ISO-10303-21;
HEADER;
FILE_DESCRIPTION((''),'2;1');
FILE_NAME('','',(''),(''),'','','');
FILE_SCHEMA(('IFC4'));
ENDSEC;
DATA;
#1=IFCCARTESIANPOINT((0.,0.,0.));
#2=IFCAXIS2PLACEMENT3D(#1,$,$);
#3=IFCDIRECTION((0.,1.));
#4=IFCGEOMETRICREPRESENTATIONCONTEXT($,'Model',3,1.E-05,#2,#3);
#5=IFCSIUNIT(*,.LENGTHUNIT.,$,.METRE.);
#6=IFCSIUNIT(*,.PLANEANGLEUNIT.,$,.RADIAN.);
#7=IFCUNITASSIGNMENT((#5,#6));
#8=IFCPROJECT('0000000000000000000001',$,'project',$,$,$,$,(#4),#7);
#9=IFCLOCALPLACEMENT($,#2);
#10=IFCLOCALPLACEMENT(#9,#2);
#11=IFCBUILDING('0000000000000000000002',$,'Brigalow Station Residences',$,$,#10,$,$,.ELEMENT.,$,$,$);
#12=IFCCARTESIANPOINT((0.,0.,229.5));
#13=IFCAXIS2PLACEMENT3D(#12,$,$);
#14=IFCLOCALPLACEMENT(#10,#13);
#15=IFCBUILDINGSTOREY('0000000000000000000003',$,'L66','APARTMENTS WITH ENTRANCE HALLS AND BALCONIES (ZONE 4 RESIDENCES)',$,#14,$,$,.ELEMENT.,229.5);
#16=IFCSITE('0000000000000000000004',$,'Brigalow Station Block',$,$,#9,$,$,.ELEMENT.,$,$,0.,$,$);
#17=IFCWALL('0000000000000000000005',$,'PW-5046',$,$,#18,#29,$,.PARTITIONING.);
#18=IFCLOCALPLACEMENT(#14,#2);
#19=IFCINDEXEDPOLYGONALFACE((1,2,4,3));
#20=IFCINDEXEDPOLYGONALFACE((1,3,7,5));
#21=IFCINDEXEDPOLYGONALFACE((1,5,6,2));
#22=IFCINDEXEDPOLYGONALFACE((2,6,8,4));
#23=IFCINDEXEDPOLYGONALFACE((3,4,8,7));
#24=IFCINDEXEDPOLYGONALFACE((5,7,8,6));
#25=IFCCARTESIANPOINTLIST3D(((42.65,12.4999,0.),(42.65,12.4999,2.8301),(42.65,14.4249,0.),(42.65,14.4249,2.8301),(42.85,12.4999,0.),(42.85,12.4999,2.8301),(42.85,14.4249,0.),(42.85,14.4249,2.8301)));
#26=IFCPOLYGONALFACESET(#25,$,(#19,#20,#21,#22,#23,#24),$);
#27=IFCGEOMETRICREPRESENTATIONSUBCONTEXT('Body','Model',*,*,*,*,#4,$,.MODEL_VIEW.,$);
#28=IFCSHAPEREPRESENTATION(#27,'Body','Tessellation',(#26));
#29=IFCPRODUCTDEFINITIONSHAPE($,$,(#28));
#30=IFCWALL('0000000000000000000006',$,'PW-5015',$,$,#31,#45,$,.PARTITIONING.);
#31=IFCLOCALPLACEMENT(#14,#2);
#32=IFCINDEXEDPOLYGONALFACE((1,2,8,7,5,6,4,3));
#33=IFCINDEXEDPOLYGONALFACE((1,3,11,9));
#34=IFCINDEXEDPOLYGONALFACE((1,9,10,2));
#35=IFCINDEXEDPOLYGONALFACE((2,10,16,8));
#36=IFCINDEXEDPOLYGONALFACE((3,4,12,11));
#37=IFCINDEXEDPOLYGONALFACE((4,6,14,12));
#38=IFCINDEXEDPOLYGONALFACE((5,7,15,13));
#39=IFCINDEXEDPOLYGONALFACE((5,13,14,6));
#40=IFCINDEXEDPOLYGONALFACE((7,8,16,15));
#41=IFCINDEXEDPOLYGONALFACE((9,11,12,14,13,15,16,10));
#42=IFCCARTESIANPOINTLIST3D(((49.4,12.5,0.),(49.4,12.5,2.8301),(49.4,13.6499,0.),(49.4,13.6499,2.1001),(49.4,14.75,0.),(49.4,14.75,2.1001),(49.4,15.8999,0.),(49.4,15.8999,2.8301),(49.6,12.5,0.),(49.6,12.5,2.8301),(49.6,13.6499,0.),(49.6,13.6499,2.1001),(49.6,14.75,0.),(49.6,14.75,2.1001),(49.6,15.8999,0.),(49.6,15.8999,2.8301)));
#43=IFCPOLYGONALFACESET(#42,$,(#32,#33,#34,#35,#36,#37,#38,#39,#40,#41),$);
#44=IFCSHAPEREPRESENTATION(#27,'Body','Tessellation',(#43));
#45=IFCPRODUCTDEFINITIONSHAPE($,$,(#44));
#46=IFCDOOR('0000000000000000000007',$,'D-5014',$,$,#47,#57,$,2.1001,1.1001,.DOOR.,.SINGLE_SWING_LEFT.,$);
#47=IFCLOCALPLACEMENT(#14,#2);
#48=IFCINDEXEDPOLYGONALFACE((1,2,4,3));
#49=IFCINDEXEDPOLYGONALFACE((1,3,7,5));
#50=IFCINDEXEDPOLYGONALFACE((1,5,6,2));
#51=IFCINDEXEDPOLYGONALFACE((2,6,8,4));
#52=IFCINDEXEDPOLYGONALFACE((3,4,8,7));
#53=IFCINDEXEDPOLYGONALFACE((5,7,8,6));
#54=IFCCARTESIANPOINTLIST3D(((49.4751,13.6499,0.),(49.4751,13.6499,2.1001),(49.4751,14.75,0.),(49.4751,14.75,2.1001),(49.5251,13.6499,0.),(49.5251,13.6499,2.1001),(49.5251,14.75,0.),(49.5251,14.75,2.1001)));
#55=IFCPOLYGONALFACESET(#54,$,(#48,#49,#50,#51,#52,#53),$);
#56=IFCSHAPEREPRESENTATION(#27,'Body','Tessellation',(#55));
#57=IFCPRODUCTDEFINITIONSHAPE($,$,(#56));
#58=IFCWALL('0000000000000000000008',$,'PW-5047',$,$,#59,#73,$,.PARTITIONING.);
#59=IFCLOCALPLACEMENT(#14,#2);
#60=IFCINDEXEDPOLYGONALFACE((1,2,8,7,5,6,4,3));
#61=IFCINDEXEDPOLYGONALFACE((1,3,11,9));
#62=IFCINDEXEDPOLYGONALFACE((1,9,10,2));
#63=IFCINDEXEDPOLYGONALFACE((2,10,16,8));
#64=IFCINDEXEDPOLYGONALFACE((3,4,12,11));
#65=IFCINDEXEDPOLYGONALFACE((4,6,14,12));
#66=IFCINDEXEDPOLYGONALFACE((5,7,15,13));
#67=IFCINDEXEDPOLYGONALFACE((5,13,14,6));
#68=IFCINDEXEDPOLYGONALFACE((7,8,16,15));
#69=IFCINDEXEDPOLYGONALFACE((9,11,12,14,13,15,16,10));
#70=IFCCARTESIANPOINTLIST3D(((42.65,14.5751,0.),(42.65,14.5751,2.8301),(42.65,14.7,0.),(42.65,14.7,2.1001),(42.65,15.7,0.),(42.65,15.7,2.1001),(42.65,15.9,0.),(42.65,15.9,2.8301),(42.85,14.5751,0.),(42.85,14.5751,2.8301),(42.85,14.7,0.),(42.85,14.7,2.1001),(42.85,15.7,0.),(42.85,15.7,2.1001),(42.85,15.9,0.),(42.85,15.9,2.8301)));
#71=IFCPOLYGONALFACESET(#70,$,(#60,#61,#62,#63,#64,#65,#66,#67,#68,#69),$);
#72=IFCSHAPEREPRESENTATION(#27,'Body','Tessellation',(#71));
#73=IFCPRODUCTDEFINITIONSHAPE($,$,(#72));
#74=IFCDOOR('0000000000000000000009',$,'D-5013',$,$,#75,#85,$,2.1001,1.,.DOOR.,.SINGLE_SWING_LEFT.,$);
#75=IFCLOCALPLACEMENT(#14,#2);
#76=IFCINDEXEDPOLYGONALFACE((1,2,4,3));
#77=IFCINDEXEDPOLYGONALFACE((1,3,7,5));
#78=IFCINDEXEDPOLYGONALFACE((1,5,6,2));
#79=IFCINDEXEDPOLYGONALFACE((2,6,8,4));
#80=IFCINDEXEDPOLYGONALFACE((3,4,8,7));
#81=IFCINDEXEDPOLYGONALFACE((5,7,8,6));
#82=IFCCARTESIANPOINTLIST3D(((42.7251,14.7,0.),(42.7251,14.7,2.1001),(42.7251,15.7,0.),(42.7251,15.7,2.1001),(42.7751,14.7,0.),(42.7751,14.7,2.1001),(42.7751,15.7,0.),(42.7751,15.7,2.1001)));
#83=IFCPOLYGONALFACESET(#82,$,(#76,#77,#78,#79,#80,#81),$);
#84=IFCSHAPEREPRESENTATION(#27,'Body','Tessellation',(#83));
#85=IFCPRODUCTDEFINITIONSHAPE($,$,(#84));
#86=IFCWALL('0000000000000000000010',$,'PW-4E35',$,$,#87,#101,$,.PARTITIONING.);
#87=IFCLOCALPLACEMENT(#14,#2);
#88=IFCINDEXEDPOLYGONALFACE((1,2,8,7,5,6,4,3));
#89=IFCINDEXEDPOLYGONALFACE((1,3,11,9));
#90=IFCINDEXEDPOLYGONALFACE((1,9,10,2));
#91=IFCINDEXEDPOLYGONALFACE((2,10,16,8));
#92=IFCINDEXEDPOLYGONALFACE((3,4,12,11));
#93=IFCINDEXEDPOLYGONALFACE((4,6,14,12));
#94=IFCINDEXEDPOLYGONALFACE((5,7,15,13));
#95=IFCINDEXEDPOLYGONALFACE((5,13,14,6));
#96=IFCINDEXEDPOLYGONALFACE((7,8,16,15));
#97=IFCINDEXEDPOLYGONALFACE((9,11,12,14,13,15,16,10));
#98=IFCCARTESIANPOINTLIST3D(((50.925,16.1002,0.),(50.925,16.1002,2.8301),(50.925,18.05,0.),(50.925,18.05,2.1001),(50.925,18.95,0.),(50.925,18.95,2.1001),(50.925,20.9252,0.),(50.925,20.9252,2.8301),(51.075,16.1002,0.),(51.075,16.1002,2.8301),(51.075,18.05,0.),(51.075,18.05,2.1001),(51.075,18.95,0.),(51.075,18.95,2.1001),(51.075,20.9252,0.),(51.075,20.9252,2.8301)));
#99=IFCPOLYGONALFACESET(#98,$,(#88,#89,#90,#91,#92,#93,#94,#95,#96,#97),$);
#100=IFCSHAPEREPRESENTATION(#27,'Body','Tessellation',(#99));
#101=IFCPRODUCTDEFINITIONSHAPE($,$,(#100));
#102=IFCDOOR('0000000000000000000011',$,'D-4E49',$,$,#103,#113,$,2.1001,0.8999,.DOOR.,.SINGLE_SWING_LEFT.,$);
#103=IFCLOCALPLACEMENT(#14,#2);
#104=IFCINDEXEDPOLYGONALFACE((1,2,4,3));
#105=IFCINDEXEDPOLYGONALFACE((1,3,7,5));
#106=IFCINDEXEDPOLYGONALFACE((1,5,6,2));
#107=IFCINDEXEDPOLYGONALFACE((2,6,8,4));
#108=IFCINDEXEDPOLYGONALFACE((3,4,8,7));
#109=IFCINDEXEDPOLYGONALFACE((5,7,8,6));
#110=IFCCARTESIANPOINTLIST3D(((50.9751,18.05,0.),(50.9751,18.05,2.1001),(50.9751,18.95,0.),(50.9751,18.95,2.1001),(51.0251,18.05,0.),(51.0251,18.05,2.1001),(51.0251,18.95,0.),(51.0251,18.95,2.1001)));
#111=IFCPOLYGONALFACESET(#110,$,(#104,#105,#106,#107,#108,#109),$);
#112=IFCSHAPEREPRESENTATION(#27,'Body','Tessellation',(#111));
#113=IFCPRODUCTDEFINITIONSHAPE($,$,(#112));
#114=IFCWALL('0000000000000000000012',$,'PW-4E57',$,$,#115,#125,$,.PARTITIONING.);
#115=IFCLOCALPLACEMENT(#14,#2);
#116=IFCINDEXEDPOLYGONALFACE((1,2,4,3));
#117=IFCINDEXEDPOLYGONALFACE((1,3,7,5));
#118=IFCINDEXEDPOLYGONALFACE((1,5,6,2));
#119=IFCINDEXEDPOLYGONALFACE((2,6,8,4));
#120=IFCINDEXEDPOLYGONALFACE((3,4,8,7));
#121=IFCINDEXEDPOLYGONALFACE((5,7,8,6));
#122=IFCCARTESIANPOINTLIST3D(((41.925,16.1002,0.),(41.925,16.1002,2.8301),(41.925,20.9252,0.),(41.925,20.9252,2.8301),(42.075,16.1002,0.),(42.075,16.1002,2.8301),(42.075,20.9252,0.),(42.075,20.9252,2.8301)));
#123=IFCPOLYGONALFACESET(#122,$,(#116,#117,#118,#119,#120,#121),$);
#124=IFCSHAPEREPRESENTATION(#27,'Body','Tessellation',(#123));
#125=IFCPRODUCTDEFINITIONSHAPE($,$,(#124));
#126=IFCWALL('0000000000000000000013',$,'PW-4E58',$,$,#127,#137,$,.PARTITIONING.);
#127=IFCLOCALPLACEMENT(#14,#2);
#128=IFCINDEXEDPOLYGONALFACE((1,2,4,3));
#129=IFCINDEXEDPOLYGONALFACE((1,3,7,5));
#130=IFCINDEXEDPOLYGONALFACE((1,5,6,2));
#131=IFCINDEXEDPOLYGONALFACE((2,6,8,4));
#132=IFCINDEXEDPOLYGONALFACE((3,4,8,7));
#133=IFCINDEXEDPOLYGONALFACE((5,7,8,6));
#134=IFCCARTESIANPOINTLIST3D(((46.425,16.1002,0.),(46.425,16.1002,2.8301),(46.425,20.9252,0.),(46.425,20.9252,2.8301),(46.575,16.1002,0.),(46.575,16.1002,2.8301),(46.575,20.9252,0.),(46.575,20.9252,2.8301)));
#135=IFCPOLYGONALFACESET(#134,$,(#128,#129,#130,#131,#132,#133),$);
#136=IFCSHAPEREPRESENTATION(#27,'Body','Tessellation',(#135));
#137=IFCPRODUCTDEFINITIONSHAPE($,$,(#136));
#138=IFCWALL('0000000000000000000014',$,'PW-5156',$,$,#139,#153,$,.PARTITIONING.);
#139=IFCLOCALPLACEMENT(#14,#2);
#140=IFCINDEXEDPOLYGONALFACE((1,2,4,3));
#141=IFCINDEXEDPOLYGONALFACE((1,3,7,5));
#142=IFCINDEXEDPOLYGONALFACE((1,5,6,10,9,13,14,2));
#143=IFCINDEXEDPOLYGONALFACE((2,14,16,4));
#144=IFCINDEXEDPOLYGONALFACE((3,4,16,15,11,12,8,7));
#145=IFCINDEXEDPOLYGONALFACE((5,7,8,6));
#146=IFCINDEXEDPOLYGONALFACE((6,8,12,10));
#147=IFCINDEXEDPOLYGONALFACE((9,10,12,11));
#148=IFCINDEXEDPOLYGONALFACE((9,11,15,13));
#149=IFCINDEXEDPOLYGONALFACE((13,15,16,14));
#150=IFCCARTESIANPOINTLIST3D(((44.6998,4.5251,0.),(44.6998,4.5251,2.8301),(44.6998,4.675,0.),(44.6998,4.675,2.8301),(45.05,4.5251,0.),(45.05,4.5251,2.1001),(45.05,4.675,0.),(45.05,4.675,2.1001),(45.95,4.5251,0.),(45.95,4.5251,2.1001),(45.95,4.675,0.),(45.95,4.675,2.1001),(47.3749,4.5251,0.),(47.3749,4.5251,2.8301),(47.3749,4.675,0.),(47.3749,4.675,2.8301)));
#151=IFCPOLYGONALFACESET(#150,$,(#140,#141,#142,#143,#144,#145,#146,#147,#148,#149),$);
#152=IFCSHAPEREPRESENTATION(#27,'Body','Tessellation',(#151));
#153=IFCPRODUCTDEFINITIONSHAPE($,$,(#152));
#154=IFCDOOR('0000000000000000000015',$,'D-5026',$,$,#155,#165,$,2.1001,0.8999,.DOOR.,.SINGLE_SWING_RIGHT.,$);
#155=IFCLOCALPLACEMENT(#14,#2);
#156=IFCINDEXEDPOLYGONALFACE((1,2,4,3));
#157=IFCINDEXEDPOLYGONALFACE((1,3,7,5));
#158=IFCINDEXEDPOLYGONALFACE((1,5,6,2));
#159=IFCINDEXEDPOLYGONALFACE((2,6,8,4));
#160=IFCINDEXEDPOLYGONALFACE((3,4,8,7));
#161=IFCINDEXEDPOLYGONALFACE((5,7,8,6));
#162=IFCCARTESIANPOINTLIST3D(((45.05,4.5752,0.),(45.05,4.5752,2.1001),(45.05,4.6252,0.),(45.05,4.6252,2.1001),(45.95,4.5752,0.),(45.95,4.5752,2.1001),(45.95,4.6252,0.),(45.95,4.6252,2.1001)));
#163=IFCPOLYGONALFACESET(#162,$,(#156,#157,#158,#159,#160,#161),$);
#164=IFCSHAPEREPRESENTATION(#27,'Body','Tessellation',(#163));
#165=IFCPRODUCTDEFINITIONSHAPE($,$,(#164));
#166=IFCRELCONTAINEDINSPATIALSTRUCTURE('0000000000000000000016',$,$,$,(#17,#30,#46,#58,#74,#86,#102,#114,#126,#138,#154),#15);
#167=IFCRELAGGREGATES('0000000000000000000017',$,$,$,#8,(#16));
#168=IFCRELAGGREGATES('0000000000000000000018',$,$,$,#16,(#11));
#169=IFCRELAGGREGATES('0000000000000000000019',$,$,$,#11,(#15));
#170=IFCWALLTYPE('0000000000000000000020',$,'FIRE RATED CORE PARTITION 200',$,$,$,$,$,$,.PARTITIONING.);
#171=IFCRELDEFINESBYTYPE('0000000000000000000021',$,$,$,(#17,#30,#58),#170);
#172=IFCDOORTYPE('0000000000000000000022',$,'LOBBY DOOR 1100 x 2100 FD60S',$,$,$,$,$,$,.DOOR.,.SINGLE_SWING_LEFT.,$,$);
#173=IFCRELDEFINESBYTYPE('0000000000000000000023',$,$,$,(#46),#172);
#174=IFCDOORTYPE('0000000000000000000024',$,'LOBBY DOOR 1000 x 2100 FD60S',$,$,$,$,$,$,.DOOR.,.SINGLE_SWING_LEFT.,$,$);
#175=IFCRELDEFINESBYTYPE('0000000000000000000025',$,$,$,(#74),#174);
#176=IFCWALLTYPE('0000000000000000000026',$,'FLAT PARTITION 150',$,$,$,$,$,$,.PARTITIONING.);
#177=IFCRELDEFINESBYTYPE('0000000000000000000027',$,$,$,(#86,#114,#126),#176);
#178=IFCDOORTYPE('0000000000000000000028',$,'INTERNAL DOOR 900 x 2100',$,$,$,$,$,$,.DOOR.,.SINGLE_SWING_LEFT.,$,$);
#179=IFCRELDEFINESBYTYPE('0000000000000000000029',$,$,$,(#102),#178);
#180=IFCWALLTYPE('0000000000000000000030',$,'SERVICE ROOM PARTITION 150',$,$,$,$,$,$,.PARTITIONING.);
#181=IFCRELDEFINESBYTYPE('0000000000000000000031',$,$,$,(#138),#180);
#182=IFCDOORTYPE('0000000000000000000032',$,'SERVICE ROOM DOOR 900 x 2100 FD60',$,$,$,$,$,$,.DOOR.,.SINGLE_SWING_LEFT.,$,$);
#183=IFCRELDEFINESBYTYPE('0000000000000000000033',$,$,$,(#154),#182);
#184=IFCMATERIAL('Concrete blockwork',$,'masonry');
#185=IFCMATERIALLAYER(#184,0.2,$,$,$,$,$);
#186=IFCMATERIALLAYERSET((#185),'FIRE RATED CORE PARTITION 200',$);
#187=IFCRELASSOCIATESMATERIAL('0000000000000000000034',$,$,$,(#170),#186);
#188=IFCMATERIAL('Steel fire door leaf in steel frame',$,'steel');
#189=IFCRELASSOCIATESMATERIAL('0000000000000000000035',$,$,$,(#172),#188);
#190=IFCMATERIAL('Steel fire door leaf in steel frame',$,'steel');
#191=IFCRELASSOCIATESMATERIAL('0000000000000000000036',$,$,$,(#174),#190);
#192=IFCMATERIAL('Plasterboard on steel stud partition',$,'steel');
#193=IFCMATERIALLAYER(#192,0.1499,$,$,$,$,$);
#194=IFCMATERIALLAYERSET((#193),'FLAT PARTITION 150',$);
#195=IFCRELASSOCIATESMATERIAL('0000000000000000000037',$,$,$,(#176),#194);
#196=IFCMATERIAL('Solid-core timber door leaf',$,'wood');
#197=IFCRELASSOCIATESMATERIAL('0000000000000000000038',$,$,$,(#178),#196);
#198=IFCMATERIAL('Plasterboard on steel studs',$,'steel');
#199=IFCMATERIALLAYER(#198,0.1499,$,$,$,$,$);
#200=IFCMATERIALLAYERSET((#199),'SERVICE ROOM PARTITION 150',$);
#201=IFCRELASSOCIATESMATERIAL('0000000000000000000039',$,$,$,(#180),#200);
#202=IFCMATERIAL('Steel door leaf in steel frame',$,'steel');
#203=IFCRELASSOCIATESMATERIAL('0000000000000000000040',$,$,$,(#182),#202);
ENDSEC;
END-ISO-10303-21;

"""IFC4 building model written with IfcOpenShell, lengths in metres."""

from ifc_helpers import new_model, si_unit, direction, frame, frame_2d, origin, place, context, subcontext, project, spatial, rectangle, extrude, material, layer, layer_set, type_object, element, fill, save


model = new_model("IFC4")

# Units and contexts
model_context = context("Model", 3, precision=1e-05, world=origin(), true_north=direction((0.0, 1.0)))
body_context = subcontext(model_context, "Body", "Model", "MODEL_VIEW")
ifc_project = project(units=[si_unit("LENGTHUNIT", "METRE"), si_unit("PLANEANGLEUNIT", "RADIAN")], contexts=[model_context])

# Site, building, storey
site_placement = place(None, origin())
site = spatial("IfcSite", under=ifc_project, at=site_placement, Name="Brigalow Station Block", CompositionType="ELEMENT", RefElevation=0.0)
building_placement = place(site_placement, origin())
building = spatial("IfcBuilding", under=site, at=building_placement, Name="Brigalow Station Residences", CompositionType="ELEMENT")
storey_placement = place(building_placement, frame((0.0, 0.0, 229.5)))
storey = spatial("IfcBuildingStorey", under=building, at=storey_placement, Name="L66", Description="APARTMENTS WITH ENTRANCE HALLS AND BALCONIES (ZONE 4 RESIDENCES)", CompositionType="ELEMENT", Elevation=229.5)

# Shared definitions
ifc_material_1 = material(Name="Concrete blockwork", Category="masonry")
ifc_layer_1 = layer(ifc_material_1, 0.2)
ifc_layer_set_1 = layer_set([ifc_layer_1], Name="FIRE RATED CORE PARTITION 200")
wall_type_1 = type_object("IfcWallType", Name="FIRE RATED CORE PARTITION 200", PredefinedType="PARTITIONING", material=ifc_layer_set_1)

# Wall
wall_1_placement = place(storey_placement, frame((42.75, 12.5, 0.0), z_axis=(0.0, 0.0, 1.0), x_axis=(0.0, 1.0, 0.0)))
element("IfcWall", 1, at=wall_1_placement, inside=storey, type_object=wall_type_1, Name="PW-5046", PredefinedType="PARTITIONING", context=body_context, shape_type="SweptSolid", body=[
    extrude(rectangle(XDim=1.925, YDim=0.2, at=frame_2d((0.9624, 0.0))), origin(), (0.0, 0.0, 1.0), 2.8301),
])

# Walls, openings, doors
wall_2_placement = place(storey_placement, frame((49.5, 12.5, 0.0), z_axis=(0.0, 0.0, 1.0), x_axis=(0.0, 1.0, 0.0)))
wall_2 = element("IfcWall", 2, at=wall_2_placement, inside=storey, type_object=wall_type_1, Name="PW-5015", PredefinedType="PARTITIONING", context=body_context, shape_type="SweptSolid", body=[
    extrude(rectangle(XDim=3.3999, YDim=0.2, at=frame_2d((1.7, 0.0))), origin(), (0.0, 0.0, 1.0), 2.8301),
])
opening_1_placement = place(wall_2_placement, frame((1.1499, 0.0, 0.0)))
opening_1 = element("IfcOpeningElement", 3, at=opening_1_placement, cuts=wall_2, PredefinedType="OPENING", context=body_context, shape_type="SweptSolid", body=[
    extrude(rectangle(XDim=1.1001, YDim=2.1001, at=frame_2d((0.55, 1.05))), frame((0.0, 0.1099, 0.0), z_axis=(0.0, -1.0, 0.0), x_axis=(1.0, 0.0, 0.0)), (0.0, 0.0, 1.0), 0.22),
])
ifc_material_2 = material(Name="Steel fire door leaf in steel frame", Category="steel")
door_type_1 = type_object("IfcDoorType", Name="LOBBY DOOR 1100 x 2100 FD60S", OperationType="SINGLE_SWING_LEFT", PredefinedType="DOOR", material=ifc_material_2)
door_1_placement = place(opening_1_placement, origin())
door_1 = element("IfcDoor", 4, at=door_1_placement, inside=storey, type_object=door_type_1, Name="D-5014", OperationType="SINGLE_SWING_LEFT", OverallHeight=2.1001, OverallWidth=1.1001, PredefinedType="DOOR", context=body_context, shape_type="SweptSolid", body=[
    extrude(rectangle(XDim=1.1001, YDim=2.1001, at=frame_2d((0.55, 1.05))), frame((0.0, 0.0249, 0.0), z_axis=(0.0, -1.0, 0.0), x_axis=(1.0, 0.0, 0.0)), (0.0, 0.0, 1.0), 0.05),
])
fill(opening_1, door_1)
wall_3_placement = place(storey_placement, frame((42.75, 14.575, 0.0), z_axis=(0.0, 0.0, 1.0), x_axis=(0.0, 1.0, 0.0)))
wall_3 = element("IfcWall", 5, at=wall_3_placement, inside=storey, type_object=wall_type_1, Name="PW-5047", PredefinedType="PARTITIONING", context=body_context, shape_type="SweptSolid", body=[
    extrude(rectangle(XDim=1.325, YDim=0.2, at=frame_2d((0.6626, 0.0))), origin(), (0.0, 0.0, 1.0), 2.8301),
])
opening_2_placement = place(wall_3_placement, frame((0.125, 0.0, 0.0)))
opening_2 = element("IfcOpeningElement", 6, at=opening_2_placement, cuts=wall_3, PredefinedType="OPENING", context=body_context, shape_type="SweptSolid", body=[
    extrude(rectangle(XDim=1.0, YDim=2.1001, at=frame_2d((0.5, 1.05))), frame((0.0, 0.1099, 0.0), z_axis=(0.0, -1.0, 0.0), x_axis=(1.0, 0.0, 0.0)), (0.0, 0.0, 1.0), 0.22),
])
ifc_material_3 = material(Name="Steel fire door leaf in steel frame", Category="steel")
door_type_2 = type_object("IfcDoorType", Name="LOBBY DOOR 1000 x 2100 FD60S", OperationType="SINGLE_SWING_LEFT", PredefinedType="DOOR", material=ifc_material_3)
door_2_placement = place(opening_2_placement, origin())
door_2 = element("IfcDoor", 7, at=door_2_placement, inside=storey, type_object=door_type_2, Name="D-5013", OperationType="SINGLE_SWING_LEFT", OverallHeight=2.1001, OverallWidth=1.0, PredefinedType="DOOR", context=body_context, shape_type="SweptSolid", body=[
    extrude(rectangle(XDim=1.0, YDim=2.1001, at=frame_2d((0.5, 1.05))), frame((0.0, 0.0249, 0.0), z_axis=(0.0, -1.0, 0.0), x_axis=(1.0, 0.0, 0.0)), (0.0, 0.0, 1.0), 0.05),
])
fill(opening_2, door_2)
ifc_material_4 = material(Name="Plasterboard on steel stud partition", Category="steel")
ifc_layer_2 = layer(ifc_material_4, 0.1499)
ifc_layer_set_2 = layer_set([ifc_layer_2], Name="FLAT PARTITION 150")
wall_type_2 = type_object("IfcWallType", Name="FLAT PARTITION 150", PredefinedType="PARTITIONING", material=ifc_layer_set_2)
wall_4_placement = place(storey_placement, frame((51.0, 16.1001, 0.0), z_axis=(0.0, 0.0, 1.0), x_axis=(0.0, 1.0, 0.0)))
wall_4 = element("IfcWall", 8, at=wall_4_placement, inside=storey, type_object=wall_type_2, Name="PW-4E35", PredefinedType="PARTITIONING", context=body_context, shape_type="SweptSolid", body=[
    extrude(rectangle(XDim=4.825, YDim=0.1499, at=frame_2d((2.4126, 0.0))), origin(), (0.0, 0.0, 1.0), 2.8301),
])
opening_3_placement = place(wall_4_placement, frame((1.95, 0.0, 0.0)))
opening_3 = element("IfcOpeningElement", 9, at=opening_3_placement, cuts=wall_4, PredefinedType="OPENING", context=body_context, shape_type="SweptSolid", body=[
    extrude(rectangle(XDim=0.8999, YDim=2.1001, at=frame_2d((0.45, 1.05))), frame((0.0, 0.085, 0.0), z_axis=(0.0, -1.0, 0.0), x_axis=(1.0, 0.0, 0.0)), (0.0, 0.0, 1.0), 0.1699),
])
ifc_material_5 = material(Name="Solid-core timber door leaf", Category="wood")
door_type_3 = type_object("IfcDoorType", Name="INTERNAL DOOR 900 x 2100", OperationType="SINGLE_SWING_LEFT", PredefinedType="DOOR", material=ifc_material_5)
door_3_placement = place(opening_3_placement, origin())
door_3 = element("IfcDoor", 10, at=door_3_placement, inside=storey, type_object=door_type_3, Name="D-4E49", OperationType="SINGLE_SWING_LEFT", OverallHeight=2.1001, OverallWidth=0.8999, PredefinedType="DOOR", context=body_context, shape_type="SweptSolid", body=[
    extrude(rectangle(XDim=0.8999, YDim=2.1001, at=frame_2d((0.45, 1.05))), frame((0.0, 0.0249, 0.0), z_axis=(0.0, -1.0, 0.0), x_axis=(1.0, 0.0, 0.0)), (0.0, 0.0, 1.0), 0.05),
])
fill(opening_3, door_3)

# Walls
for number, where, z_axis, x_axis, name in (
    (11, (42.0, 16.1001, 0.0), (0.0, 0.0, 1.0), (0.0, 1.0, 0.0), "PW-4E57"),
    (12, (46.5, 16.1001, 0.0), (0.0, 0.0, 1.0), (0.0, 1.0, 0.0), "PW-4E58"),
):
    element("IfcWall", number, at=place(storey_placement, frame(where, z_axis=z_axis, x_axis=x_axis)), inside=storey, type_object=wall_type_2, Name=name, PredefinedType="PARTITIONING", context=body_context, shape_type="SweptSolid", body=[
        extrude(rectangle(XDim=4.825, YDim=0.1499, at=frame_2d((2.4126, 0.0))), origin(), (0.0, 0.0, 1.0), 2.8301),
    ])

# Wall, opening, door
ifc_material_6 = material(Name="Plasterboard on steel studs", Category="steel")
ifc_layer_3 = layer(ifc_material_6, 0.1499)
ifc_layer_set_3 = layer_set([ifc_layer_3], Name="SERVICE ROOM PARTITION 150")
wall_type_3 = type_object("IfcWallType", Name="SERVICE ROOM PARTITION 150", PredefinedType="PARTITIONING", material=ifc_layer_set_3)
wall_5_placement = place(storey_placement, frame((44.7, 4.6001, 0.0), z_axis=(0.0, 0.0, 1.0), x_axis=(1.0, 0.0, 0.0)))
wall_5 = element("IfcWall", 13, at=wall_5_placement, inside=storey, type_object=wall_type_3, Name="PW-5156", PredefinedType="PARTITIONING", context=body_context, shape_type="SweptSolid", body=[
    extrude(rectangle(XDim=2.675, YDim=0.1499, at=frame_2d((1.3374, 0.0))), origin(), (0.0, 0.0, 1.0), 2.8301),
])
opening_4_placement = place(wall_5_placement, frame((0.3501, 0.0, 0.0)))
opening_4 = element("IfcOpeningElement", 14, at=opening_4_placement, cuts=wall_5, PredefinedType="OPENING", context=body_context, shape_type="SweptSolid", body=[
    extrude(rectangle(XDim=0.8999, YDim=2.1001, at=frame_2d((0.45, 1.05))), frame((0.0, 0.085, 0.0), z_axis=(0.0, -1.0, 0.0), x_axis=(1.0, 0.0, 0.0)), (0.0, 0.0, 1.0), 0.1699),
])
ifc_material_7 = material(Name="Steel door leaf in steel frame", Category="steel")
door_type_4 = type_object("IfcDoorType", Name="SERVICE ROOM DOOR 900 x 2100 FD60", OperationType="SINGLE_SWING_LEFT", PredefinedType="DOOR", material=ifc_material_7)
door_4_placement = place(opening_4_placement, frame((0.8999, 0.0, 0.0), z_axis=(0.0, 0.0, 1.0), x_axis=(-1.0, 0.0, 0.0)))
door_4 = element("IfcDoor", 15, at=door_4_placement, inside=storey, type_object=door_type_4, Name="D-5026", OperationType="SINGLE_SWING_RIGHT", OverallHeight=2.1001, OverallWidth=0.8999, PredefinedType="DOOR", context=body_context, shape_type="SweptSolid", body=[
    extrude(rectangle(XDim=0.8999, YDim=2.1001, at=frame_2d((0.45, 1.05))), frame((0.0, 0.0249, 0.0), z_axis=(0.0, -1.0, 0.0), x_axis=(1.0, 0.0, 0.0)), (0.0, 0.0, 1.0), 0.05),
])
fill(opening_4, door_4)

save(model, "model.ifc")
